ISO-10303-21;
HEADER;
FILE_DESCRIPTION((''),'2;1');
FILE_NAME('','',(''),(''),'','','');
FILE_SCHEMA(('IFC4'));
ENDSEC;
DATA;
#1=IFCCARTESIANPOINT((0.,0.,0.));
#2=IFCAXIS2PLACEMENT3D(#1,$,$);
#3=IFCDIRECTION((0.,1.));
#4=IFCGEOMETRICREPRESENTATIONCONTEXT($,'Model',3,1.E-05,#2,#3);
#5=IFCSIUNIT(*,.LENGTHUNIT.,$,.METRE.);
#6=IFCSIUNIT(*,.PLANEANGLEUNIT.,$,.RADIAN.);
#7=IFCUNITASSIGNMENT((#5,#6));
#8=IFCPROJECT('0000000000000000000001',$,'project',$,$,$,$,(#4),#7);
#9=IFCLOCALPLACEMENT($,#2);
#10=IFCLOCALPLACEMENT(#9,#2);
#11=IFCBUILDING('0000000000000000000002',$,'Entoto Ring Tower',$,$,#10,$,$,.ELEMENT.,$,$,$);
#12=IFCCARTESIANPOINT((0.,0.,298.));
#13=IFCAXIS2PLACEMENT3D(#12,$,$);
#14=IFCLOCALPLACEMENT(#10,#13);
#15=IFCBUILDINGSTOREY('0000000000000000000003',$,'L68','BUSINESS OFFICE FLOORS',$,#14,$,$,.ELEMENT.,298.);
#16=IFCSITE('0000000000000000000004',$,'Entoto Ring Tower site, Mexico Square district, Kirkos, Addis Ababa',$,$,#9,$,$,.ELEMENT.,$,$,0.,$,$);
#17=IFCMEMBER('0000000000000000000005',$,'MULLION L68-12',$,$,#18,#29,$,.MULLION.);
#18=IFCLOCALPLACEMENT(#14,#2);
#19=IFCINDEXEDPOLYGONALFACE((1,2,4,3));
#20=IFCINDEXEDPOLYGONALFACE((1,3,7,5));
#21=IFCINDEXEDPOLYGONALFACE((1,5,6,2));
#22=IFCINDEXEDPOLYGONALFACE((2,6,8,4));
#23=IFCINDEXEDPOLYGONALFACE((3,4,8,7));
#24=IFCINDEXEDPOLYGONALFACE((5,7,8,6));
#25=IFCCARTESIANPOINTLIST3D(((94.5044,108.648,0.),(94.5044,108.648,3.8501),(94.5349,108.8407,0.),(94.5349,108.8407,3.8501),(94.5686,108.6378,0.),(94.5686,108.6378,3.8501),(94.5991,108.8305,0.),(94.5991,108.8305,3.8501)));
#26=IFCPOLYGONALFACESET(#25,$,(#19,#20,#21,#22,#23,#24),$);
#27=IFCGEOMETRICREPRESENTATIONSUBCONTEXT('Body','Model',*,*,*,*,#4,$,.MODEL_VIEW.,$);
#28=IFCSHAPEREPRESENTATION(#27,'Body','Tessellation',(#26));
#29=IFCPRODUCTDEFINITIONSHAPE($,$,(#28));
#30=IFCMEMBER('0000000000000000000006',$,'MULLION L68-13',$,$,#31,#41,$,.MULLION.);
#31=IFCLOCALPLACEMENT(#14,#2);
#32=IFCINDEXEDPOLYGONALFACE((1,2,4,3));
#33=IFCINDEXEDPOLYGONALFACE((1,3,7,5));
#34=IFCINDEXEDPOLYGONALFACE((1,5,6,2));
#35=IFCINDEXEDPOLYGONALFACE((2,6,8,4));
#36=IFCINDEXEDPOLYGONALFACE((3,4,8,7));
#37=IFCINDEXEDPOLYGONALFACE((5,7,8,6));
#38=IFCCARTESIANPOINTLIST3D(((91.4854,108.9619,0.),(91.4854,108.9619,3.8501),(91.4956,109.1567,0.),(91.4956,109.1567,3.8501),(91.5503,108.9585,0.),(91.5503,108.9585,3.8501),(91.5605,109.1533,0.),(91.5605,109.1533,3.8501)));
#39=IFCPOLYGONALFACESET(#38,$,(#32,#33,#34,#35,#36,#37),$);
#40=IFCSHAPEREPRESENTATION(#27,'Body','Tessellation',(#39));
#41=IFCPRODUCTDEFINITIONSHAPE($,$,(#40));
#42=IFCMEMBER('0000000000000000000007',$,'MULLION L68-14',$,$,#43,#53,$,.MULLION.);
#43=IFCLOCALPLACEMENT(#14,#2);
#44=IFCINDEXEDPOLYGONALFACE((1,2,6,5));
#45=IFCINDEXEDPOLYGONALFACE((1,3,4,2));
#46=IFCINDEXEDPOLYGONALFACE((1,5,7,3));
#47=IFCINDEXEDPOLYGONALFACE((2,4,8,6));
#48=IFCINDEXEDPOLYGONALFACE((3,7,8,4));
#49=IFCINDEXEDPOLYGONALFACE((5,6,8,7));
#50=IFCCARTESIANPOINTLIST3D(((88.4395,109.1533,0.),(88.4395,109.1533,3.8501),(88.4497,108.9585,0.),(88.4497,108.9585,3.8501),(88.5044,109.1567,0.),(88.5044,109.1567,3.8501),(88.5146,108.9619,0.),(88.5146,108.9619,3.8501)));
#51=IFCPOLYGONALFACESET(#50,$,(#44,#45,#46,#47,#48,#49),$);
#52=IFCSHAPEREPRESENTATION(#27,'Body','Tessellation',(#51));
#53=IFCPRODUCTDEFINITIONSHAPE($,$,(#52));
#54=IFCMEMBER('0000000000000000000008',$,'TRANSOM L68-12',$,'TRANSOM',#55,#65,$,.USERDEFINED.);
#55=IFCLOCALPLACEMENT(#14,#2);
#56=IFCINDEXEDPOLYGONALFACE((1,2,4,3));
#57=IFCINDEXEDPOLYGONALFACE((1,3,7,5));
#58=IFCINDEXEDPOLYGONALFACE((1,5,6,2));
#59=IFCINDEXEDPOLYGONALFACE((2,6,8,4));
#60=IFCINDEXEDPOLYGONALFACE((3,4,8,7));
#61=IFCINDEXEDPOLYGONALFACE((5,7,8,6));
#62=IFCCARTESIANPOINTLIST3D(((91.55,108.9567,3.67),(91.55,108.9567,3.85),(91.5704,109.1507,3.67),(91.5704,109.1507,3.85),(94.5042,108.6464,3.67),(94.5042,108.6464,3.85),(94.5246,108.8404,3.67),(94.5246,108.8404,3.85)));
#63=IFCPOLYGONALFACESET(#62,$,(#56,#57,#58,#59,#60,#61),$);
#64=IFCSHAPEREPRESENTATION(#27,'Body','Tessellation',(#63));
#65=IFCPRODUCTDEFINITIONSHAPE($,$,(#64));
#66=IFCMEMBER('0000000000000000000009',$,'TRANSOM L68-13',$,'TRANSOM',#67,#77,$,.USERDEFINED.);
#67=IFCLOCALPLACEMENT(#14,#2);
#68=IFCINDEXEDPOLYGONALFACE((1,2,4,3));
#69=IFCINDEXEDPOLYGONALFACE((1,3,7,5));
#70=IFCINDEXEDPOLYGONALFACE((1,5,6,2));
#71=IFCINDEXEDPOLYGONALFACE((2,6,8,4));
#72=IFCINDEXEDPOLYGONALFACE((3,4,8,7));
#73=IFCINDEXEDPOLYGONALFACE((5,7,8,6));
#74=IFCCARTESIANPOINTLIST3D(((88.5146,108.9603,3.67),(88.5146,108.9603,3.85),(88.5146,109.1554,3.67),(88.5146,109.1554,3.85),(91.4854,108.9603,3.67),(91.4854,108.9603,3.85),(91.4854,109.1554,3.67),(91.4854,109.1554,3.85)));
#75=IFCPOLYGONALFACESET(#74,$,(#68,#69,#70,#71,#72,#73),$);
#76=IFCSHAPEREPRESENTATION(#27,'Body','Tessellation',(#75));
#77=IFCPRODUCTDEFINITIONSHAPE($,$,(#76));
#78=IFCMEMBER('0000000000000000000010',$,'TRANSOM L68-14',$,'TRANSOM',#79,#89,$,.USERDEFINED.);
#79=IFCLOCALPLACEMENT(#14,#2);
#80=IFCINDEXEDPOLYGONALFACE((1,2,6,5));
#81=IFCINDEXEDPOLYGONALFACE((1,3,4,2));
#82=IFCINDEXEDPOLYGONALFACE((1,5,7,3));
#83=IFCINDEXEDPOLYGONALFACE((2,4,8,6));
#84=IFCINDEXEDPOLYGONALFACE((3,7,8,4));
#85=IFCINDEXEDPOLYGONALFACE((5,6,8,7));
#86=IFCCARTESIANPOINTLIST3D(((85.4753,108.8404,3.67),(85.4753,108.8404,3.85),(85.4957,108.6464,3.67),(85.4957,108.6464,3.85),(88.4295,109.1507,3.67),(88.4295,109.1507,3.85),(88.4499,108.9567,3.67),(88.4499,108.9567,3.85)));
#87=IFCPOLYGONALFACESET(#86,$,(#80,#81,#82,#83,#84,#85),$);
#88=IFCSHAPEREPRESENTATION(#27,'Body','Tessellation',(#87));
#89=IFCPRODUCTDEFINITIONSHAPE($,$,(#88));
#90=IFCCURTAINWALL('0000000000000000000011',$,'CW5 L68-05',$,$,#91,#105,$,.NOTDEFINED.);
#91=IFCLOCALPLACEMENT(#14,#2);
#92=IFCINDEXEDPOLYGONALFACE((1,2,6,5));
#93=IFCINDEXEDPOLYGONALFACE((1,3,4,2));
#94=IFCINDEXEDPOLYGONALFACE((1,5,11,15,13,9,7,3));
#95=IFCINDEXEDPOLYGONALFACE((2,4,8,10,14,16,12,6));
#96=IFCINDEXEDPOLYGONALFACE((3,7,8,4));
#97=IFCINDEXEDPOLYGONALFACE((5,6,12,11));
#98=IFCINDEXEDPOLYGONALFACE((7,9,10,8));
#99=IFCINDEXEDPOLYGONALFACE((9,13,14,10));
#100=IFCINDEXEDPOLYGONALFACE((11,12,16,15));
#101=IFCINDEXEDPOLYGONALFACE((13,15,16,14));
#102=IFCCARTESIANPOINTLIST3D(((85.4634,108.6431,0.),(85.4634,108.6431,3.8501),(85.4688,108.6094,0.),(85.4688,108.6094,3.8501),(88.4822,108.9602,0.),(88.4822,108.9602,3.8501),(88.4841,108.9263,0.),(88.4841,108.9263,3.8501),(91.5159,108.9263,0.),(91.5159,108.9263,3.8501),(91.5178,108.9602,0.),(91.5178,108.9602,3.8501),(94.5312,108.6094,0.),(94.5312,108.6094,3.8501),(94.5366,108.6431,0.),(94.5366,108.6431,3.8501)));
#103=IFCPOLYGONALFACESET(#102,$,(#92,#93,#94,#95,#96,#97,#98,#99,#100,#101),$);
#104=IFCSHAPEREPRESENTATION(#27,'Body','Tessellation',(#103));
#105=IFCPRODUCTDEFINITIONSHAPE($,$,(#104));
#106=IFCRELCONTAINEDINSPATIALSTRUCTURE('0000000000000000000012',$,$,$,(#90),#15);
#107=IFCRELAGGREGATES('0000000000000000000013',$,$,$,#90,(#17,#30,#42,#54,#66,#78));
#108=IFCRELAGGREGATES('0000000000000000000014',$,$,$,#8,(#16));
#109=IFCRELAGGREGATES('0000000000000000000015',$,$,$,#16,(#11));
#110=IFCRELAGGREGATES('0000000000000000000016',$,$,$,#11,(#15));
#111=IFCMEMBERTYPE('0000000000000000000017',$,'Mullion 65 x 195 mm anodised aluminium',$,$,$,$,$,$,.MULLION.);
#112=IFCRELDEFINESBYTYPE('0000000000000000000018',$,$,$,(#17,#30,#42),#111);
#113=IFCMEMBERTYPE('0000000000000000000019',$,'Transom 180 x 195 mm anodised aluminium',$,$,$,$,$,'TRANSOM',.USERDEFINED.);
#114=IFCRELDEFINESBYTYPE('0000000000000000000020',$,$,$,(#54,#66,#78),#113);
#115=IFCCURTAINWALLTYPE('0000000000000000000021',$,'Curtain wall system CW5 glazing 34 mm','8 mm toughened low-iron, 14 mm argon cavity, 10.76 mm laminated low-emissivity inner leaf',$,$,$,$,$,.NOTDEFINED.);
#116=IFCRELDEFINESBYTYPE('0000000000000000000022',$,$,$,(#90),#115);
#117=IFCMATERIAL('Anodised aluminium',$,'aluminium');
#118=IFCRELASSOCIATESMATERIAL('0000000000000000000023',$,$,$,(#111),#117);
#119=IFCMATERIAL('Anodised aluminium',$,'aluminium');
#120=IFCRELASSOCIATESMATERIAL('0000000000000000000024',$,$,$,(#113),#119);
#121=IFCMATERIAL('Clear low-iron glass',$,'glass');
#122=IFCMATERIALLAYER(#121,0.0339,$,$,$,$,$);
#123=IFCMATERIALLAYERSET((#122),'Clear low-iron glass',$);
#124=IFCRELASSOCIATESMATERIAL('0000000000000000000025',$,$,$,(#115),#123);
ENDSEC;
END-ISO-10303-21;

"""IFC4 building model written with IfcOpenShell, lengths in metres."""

from ifc_helpers import new_model, si_unit, direction, frame, origin, origin_2d, place, context, subcontext, project, spatial, polyline, rectangle, outline, extrude, material, layer, layer_set, material_profile, profile_set, type_object, element, aggregate, save


model = new_model("IFC4")

# Units and contexts
model_context = context("Model", 3, precision=1e-05, world=origin(), true_north=direction((0.0, 1.0)))
body_context = subcontext(model_context, "Body", "Model", "MODEL_VIEW")
ifc_project = project(units=[si_unit("LENGTHUNIT", "METRE"), si_unit("PLANEANGLEUNIT", "RADIAN")], contexts=[model_context])

# Members
ifc_material_1 = material(Name="Anodised aluminium", Category="aluminium")
ifc_material_profile_1 = material_profile(ifc_material_1, rectangle(XDim=0.0649, YDim=0.1951, at=origin_2d()), Name="Mullion 65 x 195 mm anodised aluminium")
ifc_profile_set_1 = profile_set([ifc_material_profile_1], Name="Anodised aluminium")
member_type_1 = type_object("IfcMemberType", Name="Mullion 65 x 195 mm anodised aluminium", PredefinedType="MULLION", material=ifc_profile_set_1)
site_placement = place(None, origin())
building_placement = place(site_placement, origin())
storey_placement = place(building_placement, frame((0.0, 0.0, 298.0)))
member_1_placement = place(storey_placement, frame((94.5518, 108.7393, 0.0), z_axis=(0.0, 0.0, 1.0), x_axis=(-0.987688, 0.156434, 0.0)))
member_1 = element("IfcMember", 1, at=member_1_placement, type_object=member_type_1, Name="MULLION L68-12", PredefinedType="MULLION", context=body_context, shape_type="SweptSolid", body=[
    extrude(rectangle(XDim=0.0649, YDim=0.1951, at=origin_2d()), origin(), (0.0, 0.0, 1.0), 3.8501),
])
member_2_placement = place(storey_placement, frame((91.5229, 109.0576, 0.0), z_axis=(0.0, 0.0, 1.0), x_axis=(-0.99863, 0.052336, 0.0)))
member_2 = element("IfcMember", 2, at=member_2_placement, type_object=member_type_1, Name="MULLION L68-13", PredefinedType="MULLION", context=body_context, shape_type="SweptSolid", body=[
    extrude(rectangle(XDim=0.0649, YDim=0.1951, at=origin_2d()), origin(), (0.0, 0.0, 1.0), 3.8501),
])
member_3_placement = place(storey_placement, frame((88.4771, 109.0576, 0.0), z_axis=(0.0, 0.0, 1.0), x_axis=(-0.99863, -0.052336, 0.0)))
member_3 = element("IfcMember", 3, at=member_3_placement, type_object=member_type_1, Name="MULLION L68-14", PredefinedType="MULLION", context=body_context, shape_type="SweptSolid", body=[
    extrude(rectangle(XDim=0.0649, YDim=0.1951, at=origin_2d()), origin(), (0.0, 0.0, 1.0), 3.8501),
])
ifc_material_2 = material(Name="Anodised aluminium", Category="aluminium")
ifc_material_profile_2 = material_profile(ifc_material_2, rectangle(XDim=0.1951, YDim=0.1799, at=origin_2d()), Name="Transom 180 x 195 mm anodised aluminium")
ifc_profile_set_2 = profile_set([ifc_material_profile_2], Name="Anodised aluminium")
member_type_2 = type_object("IfcMemberType", Name="Transom 180 x 195 mm anodised aluminium", ElementType="TRANSOM", PredefinedType="USERDEFINED", material=ifc_profile_set_2)
member_4_placement = place(storey_placement, frame((94.5144, 108.7434, 3.76), z_axis=(-0.994528, 0.104467, 0.0), x_axis=(-0.104467, -0.994528, 0.0)))
member_4 = element("IfcMember", 4, at=member_4_placement, type_object=member_type_2, Name="TRANSOM L68-12", ObjectType="TRANSOM", PredefinedType="USERDEFINED", context=body_context, shape_type="SweptSolid", body=[
    extrude(rectangle(XDim=0.1951, YDim=0.1799, at=origin_2d()), origin(), (0.0, 0.0, 1.0), 2.9705),
])
member_5_placement = place(storey_placement, frame((91.4854, 109.0579, 3.76), z_axis=(-1.0, 0.0, 0.0), x_axis=(0.0, -1.0, 0.0)))
member_5 = element("IfcMember", 5, at=member_5_placement, type_object=member_type_2, Name="TRANSOM L68-13", ObjectType="TRANSOM", PredefinedType="USERDEFINED", context=body_context, shape_type="SweptSolid", body=[
    extrude(rectangle(XDim=0.1951, YDim=0.1799, at=origin_2d()), origin(), (0.0, 0.0, 1.0), 2.9707),
])
member_6_placement = place(storey_placement, frame((88.4397, 109.0537, 3.76), z_axis=(-0.994528, -0.104467, 0.0), x_axis=(0.104467, -0.994528, 0.0)))
member_6 = element("IfcMember", 6, at=member_6_placement, type_object=member_type_2, Name="TRANSOM L68-14", ObjectType="TRANSOM", PredefinedType="USERDEFINED", context=body_context, shape_type="SweptSolid", body=[
    extrude(rectangle(XDim=0.1951, YDim=0.1799, at=origin_2d()), origin(), (0.0, 0.0, 1.0), 2.9705),
])

# Site, building, storey
site = spatial("IfcSite", under=ifc_project, at=site_placement, Name="Entoto Ring Tower site, Mexico Square district, Kirkos, Addis Ababa", CompositionType="ELEMENT", RefElevation=0.0)
building = spatial("IfcBuilding", under=site, at=building_placement, Name="Entoto Ring Tower", CompositionType="ELEMENT")
storey = spatial("IfcBuildingStorey", under=building, at=storey_placement, Name="L68", Description="BUSINESS OFFICE FLOORS", CompositionType="ELEMENT", Elevation=298.0)

# Curtain wall
ifc_material_3 = material(Name="Clear low-iron glass", Category="glass")
ifc_layer = layer(ifc_material_3, 0.0339)
ifc_layer_set = layer_set([ifc_layer], Name="Clear low-iron glass")
curtain_wall_type = type_object("IfcCurtainWallType", Name="Curtain wall system CW5 glazing 34 mm", Description="8 mm toughened low-iron, 14 mm argon cavity, 10.76 mm laminated low-emissivity inner leaf", PredefinedType="NOTDEFINED", material=ifc_layer_set)
curtain_wall_1_placement = place(storey_placement, origin())
curtain_wall_1 = element("IfcCurtainWall", 7, at=curtain_wall_1_placement, inside=storey, type_object=curtain_wall_type, Name="CW5 L68-05", PredefinedType="NOTDEFINED", context=body_context, shape_type="SweptSolid", body=[
    extrude(outline(polyline([(94.5366, 108.6431), (91.5178, 108.9602), (88.4822, 108.9602), (85.4634, 108.6431), (85.4688, 108.6094), (88.4841, 108.9263), (91.5159, 108.9263), (94.5312, 108.6094), (94.5366, 108.6431)])), origin(), (0.0, 0.0, 1.0), 3.8501),
])
aggregate(curtain_wall_1, [member_1, member_2, member_3, member_4, member_5, member_6])

save(model, "model.ifc")
